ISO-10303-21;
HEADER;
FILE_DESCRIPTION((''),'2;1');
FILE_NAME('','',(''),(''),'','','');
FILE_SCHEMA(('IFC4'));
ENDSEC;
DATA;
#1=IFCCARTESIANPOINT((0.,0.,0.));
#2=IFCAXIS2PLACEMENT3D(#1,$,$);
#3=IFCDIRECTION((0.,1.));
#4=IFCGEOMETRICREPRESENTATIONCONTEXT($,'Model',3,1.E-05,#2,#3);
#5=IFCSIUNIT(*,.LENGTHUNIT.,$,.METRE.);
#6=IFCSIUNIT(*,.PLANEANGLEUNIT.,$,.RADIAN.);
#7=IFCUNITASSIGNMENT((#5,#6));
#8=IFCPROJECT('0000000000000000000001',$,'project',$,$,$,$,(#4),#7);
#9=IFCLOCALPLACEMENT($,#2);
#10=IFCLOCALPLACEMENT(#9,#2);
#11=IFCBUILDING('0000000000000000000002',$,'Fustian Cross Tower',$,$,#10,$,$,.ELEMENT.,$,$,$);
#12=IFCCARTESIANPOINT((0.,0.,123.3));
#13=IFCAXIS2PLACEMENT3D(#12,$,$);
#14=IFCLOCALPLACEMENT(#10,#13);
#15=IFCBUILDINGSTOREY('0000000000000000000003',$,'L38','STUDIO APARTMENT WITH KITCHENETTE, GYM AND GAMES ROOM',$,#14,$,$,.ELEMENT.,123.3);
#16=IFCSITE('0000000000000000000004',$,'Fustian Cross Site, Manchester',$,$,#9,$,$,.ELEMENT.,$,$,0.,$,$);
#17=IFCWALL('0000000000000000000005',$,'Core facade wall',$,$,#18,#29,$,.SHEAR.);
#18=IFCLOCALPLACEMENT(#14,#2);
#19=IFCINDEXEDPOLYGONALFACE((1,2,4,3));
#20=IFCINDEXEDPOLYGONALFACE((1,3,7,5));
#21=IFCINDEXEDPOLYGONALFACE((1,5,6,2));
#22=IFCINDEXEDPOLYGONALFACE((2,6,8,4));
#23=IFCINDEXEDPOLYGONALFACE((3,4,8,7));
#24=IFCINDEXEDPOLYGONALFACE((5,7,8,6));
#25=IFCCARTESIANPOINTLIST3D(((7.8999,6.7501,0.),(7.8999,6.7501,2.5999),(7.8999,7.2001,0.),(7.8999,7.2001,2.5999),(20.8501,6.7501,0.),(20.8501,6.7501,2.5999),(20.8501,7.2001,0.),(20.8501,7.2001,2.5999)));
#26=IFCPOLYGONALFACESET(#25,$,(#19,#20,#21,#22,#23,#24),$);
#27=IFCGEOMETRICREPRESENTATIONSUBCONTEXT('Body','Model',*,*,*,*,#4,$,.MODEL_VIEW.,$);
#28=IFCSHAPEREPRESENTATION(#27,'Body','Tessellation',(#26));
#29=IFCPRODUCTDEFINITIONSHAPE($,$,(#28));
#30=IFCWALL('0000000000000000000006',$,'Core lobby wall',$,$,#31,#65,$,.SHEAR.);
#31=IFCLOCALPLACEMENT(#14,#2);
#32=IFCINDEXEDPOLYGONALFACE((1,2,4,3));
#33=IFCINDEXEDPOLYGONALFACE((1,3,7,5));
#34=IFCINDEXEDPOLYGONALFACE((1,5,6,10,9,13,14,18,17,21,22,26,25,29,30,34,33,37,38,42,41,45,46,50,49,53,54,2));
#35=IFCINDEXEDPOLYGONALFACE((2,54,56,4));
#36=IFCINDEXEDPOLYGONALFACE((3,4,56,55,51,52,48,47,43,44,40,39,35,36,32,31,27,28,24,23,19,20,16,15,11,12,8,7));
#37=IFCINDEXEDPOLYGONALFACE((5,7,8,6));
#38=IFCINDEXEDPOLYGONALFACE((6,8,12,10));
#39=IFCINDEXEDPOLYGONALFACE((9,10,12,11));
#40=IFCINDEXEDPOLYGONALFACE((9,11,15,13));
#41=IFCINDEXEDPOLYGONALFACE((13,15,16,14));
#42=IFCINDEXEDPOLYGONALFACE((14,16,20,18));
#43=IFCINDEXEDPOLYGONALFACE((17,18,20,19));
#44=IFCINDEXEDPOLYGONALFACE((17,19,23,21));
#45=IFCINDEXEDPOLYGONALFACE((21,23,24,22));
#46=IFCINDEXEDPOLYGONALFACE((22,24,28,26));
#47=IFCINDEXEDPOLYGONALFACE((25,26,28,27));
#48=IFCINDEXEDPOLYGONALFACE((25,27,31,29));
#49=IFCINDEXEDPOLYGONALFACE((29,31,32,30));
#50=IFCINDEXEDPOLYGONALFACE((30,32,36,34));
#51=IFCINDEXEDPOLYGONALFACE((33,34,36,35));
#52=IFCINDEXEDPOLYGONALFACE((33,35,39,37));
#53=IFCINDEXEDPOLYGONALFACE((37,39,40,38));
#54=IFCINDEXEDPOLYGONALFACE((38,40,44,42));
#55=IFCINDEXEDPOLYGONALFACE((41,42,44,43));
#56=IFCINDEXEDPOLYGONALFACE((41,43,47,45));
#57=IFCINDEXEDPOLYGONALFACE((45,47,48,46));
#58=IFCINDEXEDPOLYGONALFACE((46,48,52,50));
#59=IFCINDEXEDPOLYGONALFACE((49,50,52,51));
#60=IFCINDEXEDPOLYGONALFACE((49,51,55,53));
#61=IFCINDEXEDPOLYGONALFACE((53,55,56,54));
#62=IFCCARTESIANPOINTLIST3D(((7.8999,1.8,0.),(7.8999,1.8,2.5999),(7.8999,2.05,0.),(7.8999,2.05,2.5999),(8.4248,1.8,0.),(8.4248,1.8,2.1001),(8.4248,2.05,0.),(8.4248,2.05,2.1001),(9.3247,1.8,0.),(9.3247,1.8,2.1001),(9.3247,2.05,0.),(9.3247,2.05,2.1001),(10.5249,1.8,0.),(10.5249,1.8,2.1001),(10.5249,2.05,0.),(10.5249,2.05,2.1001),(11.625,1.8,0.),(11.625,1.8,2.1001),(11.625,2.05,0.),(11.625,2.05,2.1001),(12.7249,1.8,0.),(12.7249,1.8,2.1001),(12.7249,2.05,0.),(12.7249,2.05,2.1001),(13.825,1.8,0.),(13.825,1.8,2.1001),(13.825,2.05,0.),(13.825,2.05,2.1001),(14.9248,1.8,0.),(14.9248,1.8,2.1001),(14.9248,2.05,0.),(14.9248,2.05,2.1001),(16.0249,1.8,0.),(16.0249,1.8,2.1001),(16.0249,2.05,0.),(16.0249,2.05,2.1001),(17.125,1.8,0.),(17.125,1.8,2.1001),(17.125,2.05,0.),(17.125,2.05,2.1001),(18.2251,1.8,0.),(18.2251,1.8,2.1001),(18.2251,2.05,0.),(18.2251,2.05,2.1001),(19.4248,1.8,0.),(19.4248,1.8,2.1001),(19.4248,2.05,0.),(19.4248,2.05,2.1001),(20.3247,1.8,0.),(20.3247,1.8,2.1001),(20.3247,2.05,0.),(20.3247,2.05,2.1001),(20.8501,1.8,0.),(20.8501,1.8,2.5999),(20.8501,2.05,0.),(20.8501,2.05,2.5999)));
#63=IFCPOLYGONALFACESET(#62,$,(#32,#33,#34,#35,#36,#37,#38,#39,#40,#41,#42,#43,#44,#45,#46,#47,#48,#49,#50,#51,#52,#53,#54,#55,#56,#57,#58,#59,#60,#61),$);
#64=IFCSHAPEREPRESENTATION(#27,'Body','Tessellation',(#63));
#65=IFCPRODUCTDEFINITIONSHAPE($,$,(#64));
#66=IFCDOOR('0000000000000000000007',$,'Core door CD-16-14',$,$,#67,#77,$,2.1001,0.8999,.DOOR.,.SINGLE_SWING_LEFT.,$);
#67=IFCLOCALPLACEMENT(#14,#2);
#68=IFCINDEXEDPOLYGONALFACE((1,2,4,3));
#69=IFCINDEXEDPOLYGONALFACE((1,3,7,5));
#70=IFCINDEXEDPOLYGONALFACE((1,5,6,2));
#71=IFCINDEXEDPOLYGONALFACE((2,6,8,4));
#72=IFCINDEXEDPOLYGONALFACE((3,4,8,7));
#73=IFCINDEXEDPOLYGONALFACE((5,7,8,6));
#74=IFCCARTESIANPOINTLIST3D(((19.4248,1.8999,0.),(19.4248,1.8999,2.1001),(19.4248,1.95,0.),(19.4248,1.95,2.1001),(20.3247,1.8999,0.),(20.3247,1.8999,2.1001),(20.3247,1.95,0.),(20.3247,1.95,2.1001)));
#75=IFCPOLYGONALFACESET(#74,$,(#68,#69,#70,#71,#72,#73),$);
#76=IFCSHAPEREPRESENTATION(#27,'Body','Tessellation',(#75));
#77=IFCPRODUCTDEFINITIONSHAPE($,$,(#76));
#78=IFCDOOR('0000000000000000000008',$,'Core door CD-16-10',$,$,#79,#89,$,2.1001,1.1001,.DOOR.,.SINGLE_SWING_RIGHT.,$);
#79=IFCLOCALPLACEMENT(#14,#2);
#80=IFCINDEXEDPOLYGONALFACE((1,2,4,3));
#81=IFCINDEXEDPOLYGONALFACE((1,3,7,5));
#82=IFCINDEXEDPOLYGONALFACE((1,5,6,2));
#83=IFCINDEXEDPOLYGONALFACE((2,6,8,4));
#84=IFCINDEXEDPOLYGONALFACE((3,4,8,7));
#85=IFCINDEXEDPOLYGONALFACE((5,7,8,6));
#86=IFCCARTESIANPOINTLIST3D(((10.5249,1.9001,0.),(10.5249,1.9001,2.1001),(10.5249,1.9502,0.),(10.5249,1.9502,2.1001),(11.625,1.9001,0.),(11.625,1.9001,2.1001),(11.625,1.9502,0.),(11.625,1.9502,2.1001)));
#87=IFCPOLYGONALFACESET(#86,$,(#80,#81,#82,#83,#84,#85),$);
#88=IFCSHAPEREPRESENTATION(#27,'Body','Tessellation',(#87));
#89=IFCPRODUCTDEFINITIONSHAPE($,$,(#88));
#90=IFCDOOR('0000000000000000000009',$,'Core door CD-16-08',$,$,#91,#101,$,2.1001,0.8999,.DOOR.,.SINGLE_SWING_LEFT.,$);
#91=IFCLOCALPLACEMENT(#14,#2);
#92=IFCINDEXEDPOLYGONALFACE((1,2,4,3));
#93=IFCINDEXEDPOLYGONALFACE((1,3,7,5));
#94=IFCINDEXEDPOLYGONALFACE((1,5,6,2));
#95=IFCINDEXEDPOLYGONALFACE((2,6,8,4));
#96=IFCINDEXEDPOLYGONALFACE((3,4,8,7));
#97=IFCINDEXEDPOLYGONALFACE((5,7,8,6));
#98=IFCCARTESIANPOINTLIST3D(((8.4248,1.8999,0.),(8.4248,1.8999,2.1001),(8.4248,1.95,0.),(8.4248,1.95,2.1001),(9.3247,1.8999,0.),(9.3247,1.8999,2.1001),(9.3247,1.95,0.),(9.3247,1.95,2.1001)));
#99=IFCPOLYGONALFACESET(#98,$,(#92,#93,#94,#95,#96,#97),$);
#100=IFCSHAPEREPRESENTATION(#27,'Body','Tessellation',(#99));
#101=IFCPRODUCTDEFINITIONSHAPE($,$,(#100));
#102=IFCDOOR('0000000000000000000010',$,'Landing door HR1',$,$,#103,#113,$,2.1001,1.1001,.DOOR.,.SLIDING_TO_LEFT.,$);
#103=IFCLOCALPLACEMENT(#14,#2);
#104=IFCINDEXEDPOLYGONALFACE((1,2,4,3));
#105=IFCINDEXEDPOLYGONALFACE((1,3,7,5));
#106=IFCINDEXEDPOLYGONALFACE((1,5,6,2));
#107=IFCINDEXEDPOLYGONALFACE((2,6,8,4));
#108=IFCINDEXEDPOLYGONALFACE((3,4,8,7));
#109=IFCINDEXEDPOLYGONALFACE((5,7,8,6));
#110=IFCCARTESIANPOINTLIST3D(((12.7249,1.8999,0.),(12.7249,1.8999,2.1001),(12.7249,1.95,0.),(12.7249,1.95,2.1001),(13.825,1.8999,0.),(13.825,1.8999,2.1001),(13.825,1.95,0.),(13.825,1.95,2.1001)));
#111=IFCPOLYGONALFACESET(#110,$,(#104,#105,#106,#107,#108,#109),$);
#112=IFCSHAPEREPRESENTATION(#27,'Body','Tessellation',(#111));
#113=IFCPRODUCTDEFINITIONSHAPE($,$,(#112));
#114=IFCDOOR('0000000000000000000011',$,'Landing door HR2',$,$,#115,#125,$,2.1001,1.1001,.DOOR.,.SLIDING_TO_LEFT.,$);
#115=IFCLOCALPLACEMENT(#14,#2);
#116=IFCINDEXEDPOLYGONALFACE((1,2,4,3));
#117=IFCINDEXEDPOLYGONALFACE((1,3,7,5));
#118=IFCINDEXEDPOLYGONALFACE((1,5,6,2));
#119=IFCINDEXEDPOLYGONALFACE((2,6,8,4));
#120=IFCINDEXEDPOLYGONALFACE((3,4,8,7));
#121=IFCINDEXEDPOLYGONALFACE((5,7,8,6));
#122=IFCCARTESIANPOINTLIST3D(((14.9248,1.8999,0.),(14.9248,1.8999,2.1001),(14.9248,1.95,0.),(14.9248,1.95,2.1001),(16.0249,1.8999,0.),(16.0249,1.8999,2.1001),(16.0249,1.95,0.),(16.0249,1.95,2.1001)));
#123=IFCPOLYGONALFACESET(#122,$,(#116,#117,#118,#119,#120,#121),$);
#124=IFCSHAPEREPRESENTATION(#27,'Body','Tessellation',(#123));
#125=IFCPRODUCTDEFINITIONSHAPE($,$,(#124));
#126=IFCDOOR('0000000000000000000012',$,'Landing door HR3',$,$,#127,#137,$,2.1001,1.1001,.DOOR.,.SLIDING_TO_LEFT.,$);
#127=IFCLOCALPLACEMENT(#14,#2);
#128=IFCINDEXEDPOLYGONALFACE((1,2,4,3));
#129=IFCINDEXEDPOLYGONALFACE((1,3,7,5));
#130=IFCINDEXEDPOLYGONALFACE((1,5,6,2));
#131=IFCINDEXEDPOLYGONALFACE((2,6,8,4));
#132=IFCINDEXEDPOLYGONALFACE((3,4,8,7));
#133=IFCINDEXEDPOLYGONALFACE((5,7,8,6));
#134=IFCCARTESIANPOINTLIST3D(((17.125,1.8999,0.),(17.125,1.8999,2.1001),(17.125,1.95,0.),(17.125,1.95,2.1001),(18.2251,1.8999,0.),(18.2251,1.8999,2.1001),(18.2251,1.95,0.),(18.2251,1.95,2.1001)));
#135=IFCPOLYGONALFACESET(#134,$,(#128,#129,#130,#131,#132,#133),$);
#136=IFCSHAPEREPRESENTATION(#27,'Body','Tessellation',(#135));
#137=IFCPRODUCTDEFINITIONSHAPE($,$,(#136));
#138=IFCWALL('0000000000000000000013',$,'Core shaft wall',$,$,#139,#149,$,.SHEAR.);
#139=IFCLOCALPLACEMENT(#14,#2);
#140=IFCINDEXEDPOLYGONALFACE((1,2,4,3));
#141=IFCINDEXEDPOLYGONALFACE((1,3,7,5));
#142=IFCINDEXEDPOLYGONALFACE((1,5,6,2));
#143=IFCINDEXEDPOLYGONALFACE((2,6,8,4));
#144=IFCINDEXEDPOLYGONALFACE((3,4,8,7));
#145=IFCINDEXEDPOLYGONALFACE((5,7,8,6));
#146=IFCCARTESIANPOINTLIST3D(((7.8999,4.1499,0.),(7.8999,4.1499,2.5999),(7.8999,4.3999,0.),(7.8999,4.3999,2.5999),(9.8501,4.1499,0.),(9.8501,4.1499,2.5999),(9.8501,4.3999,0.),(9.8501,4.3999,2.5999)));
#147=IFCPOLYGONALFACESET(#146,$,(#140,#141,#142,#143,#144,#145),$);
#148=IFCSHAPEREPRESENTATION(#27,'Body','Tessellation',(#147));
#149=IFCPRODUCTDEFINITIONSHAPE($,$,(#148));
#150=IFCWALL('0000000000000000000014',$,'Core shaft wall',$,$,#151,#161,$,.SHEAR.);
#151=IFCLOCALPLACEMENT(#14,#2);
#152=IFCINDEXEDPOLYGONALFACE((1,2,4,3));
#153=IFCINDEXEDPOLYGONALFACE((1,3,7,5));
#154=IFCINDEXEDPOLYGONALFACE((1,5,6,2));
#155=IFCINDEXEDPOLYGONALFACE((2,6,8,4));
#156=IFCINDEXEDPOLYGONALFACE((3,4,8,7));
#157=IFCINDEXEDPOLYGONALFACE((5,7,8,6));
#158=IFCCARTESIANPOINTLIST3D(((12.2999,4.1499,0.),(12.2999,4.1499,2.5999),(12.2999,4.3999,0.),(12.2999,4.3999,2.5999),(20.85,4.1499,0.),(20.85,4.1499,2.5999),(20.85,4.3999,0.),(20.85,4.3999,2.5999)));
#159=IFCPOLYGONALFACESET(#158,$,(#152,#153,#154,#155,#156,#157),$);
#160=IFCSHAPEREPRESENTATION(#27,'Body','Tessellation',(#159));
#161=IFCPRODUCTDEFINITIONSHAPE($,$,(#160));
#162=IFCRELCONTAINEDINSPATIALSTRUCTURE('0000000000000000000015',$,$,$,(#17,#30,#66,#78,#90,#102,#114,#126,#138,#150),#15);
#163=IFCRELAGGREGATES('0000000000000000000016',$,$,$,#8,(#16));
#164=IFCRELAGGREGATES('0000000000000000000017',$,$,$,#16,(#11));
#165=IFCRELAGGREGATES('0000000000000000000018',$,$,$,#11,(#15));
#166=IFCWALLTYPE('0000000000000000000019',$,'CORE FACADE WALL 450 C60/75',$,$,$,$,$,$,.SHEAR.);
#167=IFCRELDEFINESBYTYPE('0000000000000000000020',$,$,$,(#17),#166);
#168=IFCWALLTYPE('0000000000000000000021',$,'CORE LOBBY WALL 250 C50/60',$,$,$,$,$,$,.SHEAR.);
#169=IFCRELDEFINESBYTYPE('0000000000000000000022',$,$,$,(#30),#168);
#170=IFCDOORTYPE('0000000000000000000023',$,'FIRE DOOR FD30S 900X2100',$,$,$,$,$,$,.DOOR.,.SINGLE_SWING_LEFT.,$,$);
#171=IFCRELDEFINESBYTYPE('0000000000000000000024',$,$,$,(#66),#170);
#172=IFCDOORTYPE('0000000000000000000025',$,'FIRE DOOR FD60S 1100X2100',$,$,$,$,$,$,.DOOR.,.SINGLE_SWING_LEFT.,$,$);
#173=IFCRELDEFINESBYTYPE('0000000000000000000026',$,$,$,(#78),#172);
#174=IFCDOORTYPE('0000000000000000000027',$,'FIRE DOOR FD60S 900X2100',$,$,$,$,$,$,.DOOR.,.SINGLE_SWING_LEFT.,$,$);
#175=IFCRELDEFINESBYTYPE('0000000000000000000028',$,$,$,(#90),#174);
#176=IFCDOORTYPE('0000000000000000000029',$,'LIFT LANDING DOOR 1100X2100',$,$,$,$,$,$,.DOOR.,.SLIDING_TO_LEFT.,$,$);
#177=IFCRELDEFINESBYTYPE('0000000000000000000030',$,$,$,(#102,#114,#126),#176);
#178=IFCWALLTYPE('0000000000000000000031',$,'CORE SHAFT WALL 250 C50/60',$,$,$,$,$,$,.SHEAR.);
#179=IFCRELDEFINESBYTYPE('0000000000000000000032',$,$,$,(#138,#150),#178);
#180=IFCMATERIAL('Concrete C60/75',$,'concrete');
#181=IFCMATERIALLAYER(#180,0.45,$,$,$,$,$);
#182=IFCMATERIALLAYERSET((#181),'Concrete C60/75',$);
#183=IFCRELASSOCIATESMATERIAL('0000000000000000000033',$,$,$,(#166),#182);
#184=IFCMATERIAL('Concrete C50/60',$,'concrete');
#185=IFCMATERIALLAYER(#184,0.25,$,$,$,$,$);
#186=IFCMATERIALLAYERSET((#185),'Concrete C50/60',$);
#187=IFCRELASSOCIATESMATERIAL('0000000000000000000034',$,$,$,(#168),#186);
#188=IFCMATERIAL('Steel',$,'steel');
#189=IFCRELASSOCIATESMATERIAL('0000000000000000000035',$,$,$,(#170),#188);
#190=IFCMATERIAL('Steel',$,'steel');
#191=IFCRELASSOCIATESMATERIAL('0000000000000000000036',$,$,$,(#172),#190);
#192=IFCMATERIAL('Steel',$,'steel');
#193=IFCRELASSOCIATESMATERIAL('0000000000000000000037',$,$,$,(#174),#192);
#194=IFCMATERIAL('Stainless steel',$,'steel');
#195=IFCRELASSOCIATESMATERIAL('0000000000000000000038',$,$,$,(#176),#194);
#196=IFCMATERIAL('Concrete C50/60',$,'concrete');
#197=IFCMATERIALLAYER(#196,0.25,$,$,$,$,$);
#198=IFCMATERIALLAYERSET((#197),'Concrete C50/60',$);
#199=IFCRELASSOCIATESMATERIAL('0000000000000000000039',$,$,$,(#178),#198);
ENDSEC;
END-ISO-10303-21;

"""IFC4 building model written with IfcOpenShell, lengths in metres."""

from ifc_helpers import new_model, si_unit, direction, frame, frame_2d, origin, place, context, subcontext, project, spatial, rectangle, extrude, material, layer, layer_set, type_object, element, fill, save


model = new_model("IFC4")

# Units and contexts
model_context = context("Model", 3, precision=1e-05, world=origin(), true_north=direction((0.0, 1.0)))
body_context = subcontext(model_context, "Body", "Model", "MODEL_VIEW")
ifc_project = project(units=[si_unit("LENGTHUNIT", "METRE"), si_unit("PLANEANGLEUNIT", "RADIAN")], contexts=[model_context])

# Site, building, storey
site_placement = place(None, origin())
site = spatial("IfcSite", under=ifc_project, at=site_placement, Name="Fustian Cross Site, Manchester", CompositionType="ELEMENT", RefElevation=0.0)
building_placement = place(site_placement, origin())
building = spatial("IfcBuilding", under=site, at=building_placement, Name="Fustian Cross Tower", CompositionType="ELEMENT")
storey_placement = place(building_placement, frame((0.0, 0.0, 123.3)))
storey = spatial("IfcBuildingStorey", under=building, at=storey_placement, Name="L38", Description="STUDIO APARTMENT WITH KITCHENETTE, GYM AND GAMES ROOM", CompositionType="ELEMENT", Elevation=123.3)

# Wall
ifc_material_1 = material(Name="Concrete C60/75", Category="concrete")
ifc_layer_1 = layer(ifc_material_1, 0.45)
ifc_layer_set_1 = layer_set([ifc_layer_1], Name="Concrete C60/75")
wall_type_1 = type_object("IfcWallType", Name="CORE FACADE WALL 450 C60/75", PredefinedType="SHEAR", material=ifc_layer_set_1)
wall_1_placement = place(storey_placement, frame((7.8999, 6.9751, 0.0), z_axis=(0.0, 0.0, 1.0), x_axis=(1.0, 0.0, 0.0)))
element("IfcWall", 1, at=wall_1_placement, inside=storey, type_object=wall_type_1, Name="Core facade wall", PredefinedType="SHEAR", context=body_context, shape_type="SweptSolid", body=[
    extrude(rectangle(XDim=12.9502, YDim=0.45, at=frame_2d((6.4751, 0.0))), origin(), (0.0, 0.0, 1.0), 2.5999),
])

# Wall, openings, doors
ifc_material_2 = material(Name="Concrete C50/60", Category="concrete")
ifc_layer_2 = layer(ifc_material_2, 0.25)
ifc_layer_set_2 = layer_set([ifc_layer_2], Name="Concrete C50/60")
wall_type_2 = type_object("IfcWallType", Name="CORE LOBBY WALL 250 C50/60", PredefinedType="SHEAR", material=ifc_layer_set_2)
wall_2_placement = place(storey_placement, frame((7.8999, 1.925, 0.0), z_axis=(0.0, 0.0, 1.0), x_axis=(1.0, 0.0, 0.0)))
wall_2 = element("IfcWall", 2, at=wall_2_placement, inside=storey, type_object=wall_type_2, Name="Core lobby wall", PredefinedType="SHEAR", context=body_context, shape_type="SweptSolid", body=[
    extrude(rectangle(XDim=12.9502, YDim=0.25, at=frame_2d((6.4751, 0.0))), origin(), (0.0, 0.0, 1.0), 2.5999),
])
opening_1_placement = place(wall_2_placement, frame((4.825, 0.0, 0.0)))
opening_1 = element("IfcOpeningElement", 3, at=opening_1_placement, cuts=wall_2, PredefinedType="OPENING", context=body_context, shape_type="SweptSolid", body=[
    extrude(rectangle(XDim=1.1001, YDim=2.1001, at=frame_2d((0.55, 1.05))), frame((0.0, 0.135, 0.0), z_axis=(0.0, -1.0, 0.0), x_axis=(1.0, 0.0, 0.0)), (0.0, 0.0, 1.0), 0.27),
])
opening_2_placement = place(wall_2_placement, frame((7.0249, 0.0, 0.0)))
opening_2 = element("IfcOpeningElement", 4, at=opening_2_placement, cuts=wall_2, PredefinedType="OPENING", context=body_context, shape_type="SweptSolid", body=[
    extrude(rectangle(XDim=1.1001, YDim=2.1001, at=frame_2d((0.55, 1.05))), frame((0.0, 0.135, 0.0), z_axis=(0.0, -1.0, 0.0), x_axis=(1.0, 0.0, 0.0)), (0.0, 0.0, 1.0), 0.27),
])
opening_3_placement = place(wall_2_placement, frame((9.2251, 0.0, 0.0)))
opening_3 = element("IfcOpeningElement", 5, at=opening_3_placement, cuts=wall_2, PredefinedType="OPENING", context=body_context, shape_type="SweptSolid", body=[
    extrude(rectangle(XDim=1.1001, YDim=2.1001, at=frame_2d((0.55, 1.05))), frame((0.0, 0.135, 0.0), z_axis=(0.0, -1.0, 0.0), x_axis=(1.0, 0.0, 0.0)), (0.0, 0.0, 1.0), 0.27),
])
opening_4_placement = place(wall_2_placement, frame((0.5249, 0.0, 0.0)))
opening_4 = element("IfcOpeningElement", 6, at=opening_4_placement, cuts=wall_2, PredefinedType="OPENING", context=body_context, shape_type="SweptSolid", body=[
    extrude(rectangle(XDim=0.8999, YDim=2.1001, at=frame_2d((0.45, 1.05))), frame((0.0, 0.135, 0.0), z_axis=(0.0, -1.0, 0.0), x_axis=(1.0, 0.0, 0.0)), (0.0, 0.0, 1.0), 0.27),
])
opening_5_placement = place(wall_2_placement, frame((2.625, 0.0, 0.0)))
opening_5 = element("IfcOpeningElement", 7, at=opening_5_placement, cuts=wall_2, PredefinedType="OPENING", context=body_context, shape_type="SweptSolid", body=[
    extrude(rectangle(XDim=1.1001, YDim=2.1001, at=frame_2d((0.55, 1.05))), frame((0.0, 0.135, 0.0), z_axis=(0.0, -1.0, 0.0), x_axis=(1.0, 0.0, 0.0)), (0.0, 0.0, 1.0), 0.27),
])
opening_6_placement = place(wall_2_placement, frame((11.5249, 0.0, 0.0)))
opening_6 = element("IfcOpeningElement", 8, at=opening_6_placement, cuts=wall_2, PredefinedType="OPENING", context=body_context, shape_type="SweptSolid", body=[
    extrude(rectangle(XDim=0.8999, YDim=2.1001, at=frame_2d((0.45, 1.05))), frame((0.0, 0.135, 0.0), z_axis=(0.0, -1.0, 0.0), x_axis=(1.0, 0.0, 0.0)), (0.0, 0.0, 1.0), 0.27),
])
ifc_material_3 = material(Name="Steel", Category="steel")
door_type_1 = type_object("IfcDoorType", Name="FIRE DOOR FD30S 900X2100", OperationType="SINGLE_SWING_LEFT", PredefinedType="DOOR", material=ifc_material_3)
door_1_placement = place(opening_6_placement, origin())
door_1 = element("IfcDoor", 9, at=door_1_placement, inside=storey, type_object=door_type_1, Name="Core door CD-16-14", OperationType="SINGLE_SWING_LEFT", OverallHeight=2.1001, OverallWidth=0.8999, PredefinedType="DOOR", context=body_context, shape_type="SweptSolid", body=[
    extrude(rectangle(XDim=0.8999, YDim=2.1001, at=frame_2d((0.45, 1.05))), frame((0.0, 0.0249, 0.0), z_axis=(0.0, -1.0, 0.0), x_axis=(1.0, 0.0, 0.0)), (0.0, 0.0, 1.0), 0.05),
])
fill(opening_6, door_1)
ifc_material_4 = material(Name="Steel", Category="steel")
door_type_2 = type_object("IfcDoorType", Name="FIRE DOOR FD60S 1100X2100", OperationType="SINGLE_SWING_LEFT", PredefinedType="DOOR", material=ifc_material_4)
door_2_placement = place(opening_5_placement, frame((1.1001, 0.0, 0.0), z_axis=(0.0, 0.0, 1.0), x_axis=(-1.0, 0.0, 0.0)))
door_2 = element("IfcDoor", 10, at=door_2_placement, inside=storey, type_object=door_type_2, Name="Core door CD-16-10", OperationType="SINGLE_SWING_RIGHT", OverallHeight=2.1001, OverallWidth=1.1001, PredefinedType="DOOR", context=body_context, shape_type="SweptSolid", body=[
    extrude(rectangle(XDim=1.1001, YDim=2.1001, at=frame_2d((0.55, 1.05))), frame((0.0, 0.0249, 0.0), z_axis=(0.0, -1.0, 0.0), x_axis=(1.0, 0.0, 0.0)), (0.0, 0.0, 1.0), 0.05),
])
fill(opening_5, door_2)
ifc_material_5 = material(Name="Steel", Category="steel")
door_type_3 = type_object("IfcDoorType", Name="FIRE DOOR FD60S 900X2100", OperationType="SINGLE_SWING_LEFT", PredefinedType="DOOR", material=ifc_material_5)
door_3_placement = place(opening_4_placement, origin())
door_3 = element("IfcDoor", 11, at=door_3_placement, inside=storey, type_object=door_type_3, Name="Core door CD-16-08", OperationType="SINGLE_SWING_LEFT", OverallHeight=2.1001, OverallWidth=0.8999, PredefinedType="DOOR", context=body_context, shape_type="SweptSolid", body=[
    extrude(rectangle(XDim=0.8999, YDim=2.1001, at=frame_2d((0.45, 1.05))), frame((0.0, 0.0249, 0.0), z_axis=(0.0, -1.0, 0.0), x_axis=(1.0, 0.0, 0.0)), (0.0, 0.0, 1.0), 0.05),
])
fill(opening_4, door_3)
ifc_material_6 = material(Name="Stainless steel", Category="steel")
door_type_4 = type_object("IfcDoorType", Name="LIFT LANDING DOOR 1100X2100", OperationType="SLIDING_TO_LEFT", PredefinedType="DOOR", material=ifc_material_6)
door_4_placement = place(opening_1_placement, origin())
door_4 = element("IfcDoor", 12, at=door_4_placement, inside=storey, type_object=door_type_4, Name="Landing door HR1", OperationType="SLIDING_TO_LEFT", OverallHeight=2.1001, OverallWidth=1.1001, PredefinedType="DOOR", context=body_context, shape_type="SweptSolid", body=[
    extrude(rectangle(XDim=1.1001, YDim=2.1001, at=frame_2d((0.55, 1.05))), frame((0.0, 0.0249, 0.0), z_axis=(0.0, -1.0, 0.0), x_axis=(1.0, 0.0, 0.0)), (0.0, 0.0, 1.0), 0.05),
])
fill(opening_1, door_4)
door_5_placement = place(opening_2_placement, origin())
door_5 = element("IfcDoor", 13, at=door_5_placement, inside=storey, type_object=door_type_4, Name="Landing door HR2", OperationType="SLIDING_TO_LEFT", OverallHeight=2.1001, OverallWidth=1.1001, PredefinedType="DOOR", context=body_context, shape_type="SweptSolid", body=[
    extrude(rectangle(XDim=1.1001, YDim=2.1001, at=frame_2d((0.55, 1.05))), frame((0.0, 0.0249, 0.0), z_axis=(0.0, -1.0, 0.0), x_axis=(1.0, 0.0, 0.0)), (0.0, 0.0, 1.0), 0.05),
])
fill(opening_2, door_5)
door_6_placement = place(opening_3_placement, origin())
door_6 = element("IfcDoor", 14, at=door_6_placement, inside=storey, type_object=door_type_4, Name="Landing door HR3", OperationType="SLIDING_TO_LEFT", OverallHeight=2.1001, OverallWidth=1.1001, PredefinedType="DOOR", context=body_context, shape_type="SweptSolid", body=[
    extrude(rectangle(XDim=1.1001, YDim=2.1001, at=frame_2d((0.55, 1.05))), frame((0.0, 0.0249, 0.0), z_axis=(0.0, -1.0, 0.0), x_axis=(1.0, 0.0, 0.0)), (0.0, 0.0, 1.0), 0.05),
])
fill(opening_3, door_6)

# Walls
ifc_material_7 = material(Name="Concrete C50/60", Category="concrete")
ifc_layer_3 = layer(ifc_material_7, 0.25)
ifc_layer_set_3 = layer_set([ifc_layer_3], Name="Concrete C50/60")
wall_type_3 = type_object("IfcWallType", Name="CORE SHAFT WALL 250 C50/60", PredefinedType="SHEAR", material=ifc_layer_set_3)
wall_3_placement = place(storey_placement, frame((7.8999, 4.2749, 0.0), z_axis=(0.0, 0.0, 1.0), x_axis=(1.0, 0.0, 0.0)))
element("IfcWall", 15, at=wall_3_placement, inside=storey, type_object=wall_type_3, Name="Core shaft wall", PredefinedType="SHEAR", context=body_context, shape_type="SweptSolid", body=[
    extrude(rectangle(XDim=1.9502, YDim=0.25, at=frame_2d((0.9751, 0.0))), origin(), (0.0, 0.0, 1.0), 2.5999),
])
wall_4_placement = place(storey_placement, frame((12.3, 4.2749, 0.0), z_axis=(0.0, 0.0, 1.0), x_axis=(1.0, 0.0, 0.0)))
element("IfcWall", 16, at=wall_4_placement, inside=storey, type_object=wall_type_3, Name="Core shaft wall", PredefinedType="SHEAR", context=body_context, shape_type="SweptSolid", body=[
    extrude(rectangle(XDim=8.55, YDim=0.25, at=frame_2d((4.2749, 0.0))), origin(), (0.0, 0.0, 1.0), 2.5999),
])

save(model, "model.ifc")
